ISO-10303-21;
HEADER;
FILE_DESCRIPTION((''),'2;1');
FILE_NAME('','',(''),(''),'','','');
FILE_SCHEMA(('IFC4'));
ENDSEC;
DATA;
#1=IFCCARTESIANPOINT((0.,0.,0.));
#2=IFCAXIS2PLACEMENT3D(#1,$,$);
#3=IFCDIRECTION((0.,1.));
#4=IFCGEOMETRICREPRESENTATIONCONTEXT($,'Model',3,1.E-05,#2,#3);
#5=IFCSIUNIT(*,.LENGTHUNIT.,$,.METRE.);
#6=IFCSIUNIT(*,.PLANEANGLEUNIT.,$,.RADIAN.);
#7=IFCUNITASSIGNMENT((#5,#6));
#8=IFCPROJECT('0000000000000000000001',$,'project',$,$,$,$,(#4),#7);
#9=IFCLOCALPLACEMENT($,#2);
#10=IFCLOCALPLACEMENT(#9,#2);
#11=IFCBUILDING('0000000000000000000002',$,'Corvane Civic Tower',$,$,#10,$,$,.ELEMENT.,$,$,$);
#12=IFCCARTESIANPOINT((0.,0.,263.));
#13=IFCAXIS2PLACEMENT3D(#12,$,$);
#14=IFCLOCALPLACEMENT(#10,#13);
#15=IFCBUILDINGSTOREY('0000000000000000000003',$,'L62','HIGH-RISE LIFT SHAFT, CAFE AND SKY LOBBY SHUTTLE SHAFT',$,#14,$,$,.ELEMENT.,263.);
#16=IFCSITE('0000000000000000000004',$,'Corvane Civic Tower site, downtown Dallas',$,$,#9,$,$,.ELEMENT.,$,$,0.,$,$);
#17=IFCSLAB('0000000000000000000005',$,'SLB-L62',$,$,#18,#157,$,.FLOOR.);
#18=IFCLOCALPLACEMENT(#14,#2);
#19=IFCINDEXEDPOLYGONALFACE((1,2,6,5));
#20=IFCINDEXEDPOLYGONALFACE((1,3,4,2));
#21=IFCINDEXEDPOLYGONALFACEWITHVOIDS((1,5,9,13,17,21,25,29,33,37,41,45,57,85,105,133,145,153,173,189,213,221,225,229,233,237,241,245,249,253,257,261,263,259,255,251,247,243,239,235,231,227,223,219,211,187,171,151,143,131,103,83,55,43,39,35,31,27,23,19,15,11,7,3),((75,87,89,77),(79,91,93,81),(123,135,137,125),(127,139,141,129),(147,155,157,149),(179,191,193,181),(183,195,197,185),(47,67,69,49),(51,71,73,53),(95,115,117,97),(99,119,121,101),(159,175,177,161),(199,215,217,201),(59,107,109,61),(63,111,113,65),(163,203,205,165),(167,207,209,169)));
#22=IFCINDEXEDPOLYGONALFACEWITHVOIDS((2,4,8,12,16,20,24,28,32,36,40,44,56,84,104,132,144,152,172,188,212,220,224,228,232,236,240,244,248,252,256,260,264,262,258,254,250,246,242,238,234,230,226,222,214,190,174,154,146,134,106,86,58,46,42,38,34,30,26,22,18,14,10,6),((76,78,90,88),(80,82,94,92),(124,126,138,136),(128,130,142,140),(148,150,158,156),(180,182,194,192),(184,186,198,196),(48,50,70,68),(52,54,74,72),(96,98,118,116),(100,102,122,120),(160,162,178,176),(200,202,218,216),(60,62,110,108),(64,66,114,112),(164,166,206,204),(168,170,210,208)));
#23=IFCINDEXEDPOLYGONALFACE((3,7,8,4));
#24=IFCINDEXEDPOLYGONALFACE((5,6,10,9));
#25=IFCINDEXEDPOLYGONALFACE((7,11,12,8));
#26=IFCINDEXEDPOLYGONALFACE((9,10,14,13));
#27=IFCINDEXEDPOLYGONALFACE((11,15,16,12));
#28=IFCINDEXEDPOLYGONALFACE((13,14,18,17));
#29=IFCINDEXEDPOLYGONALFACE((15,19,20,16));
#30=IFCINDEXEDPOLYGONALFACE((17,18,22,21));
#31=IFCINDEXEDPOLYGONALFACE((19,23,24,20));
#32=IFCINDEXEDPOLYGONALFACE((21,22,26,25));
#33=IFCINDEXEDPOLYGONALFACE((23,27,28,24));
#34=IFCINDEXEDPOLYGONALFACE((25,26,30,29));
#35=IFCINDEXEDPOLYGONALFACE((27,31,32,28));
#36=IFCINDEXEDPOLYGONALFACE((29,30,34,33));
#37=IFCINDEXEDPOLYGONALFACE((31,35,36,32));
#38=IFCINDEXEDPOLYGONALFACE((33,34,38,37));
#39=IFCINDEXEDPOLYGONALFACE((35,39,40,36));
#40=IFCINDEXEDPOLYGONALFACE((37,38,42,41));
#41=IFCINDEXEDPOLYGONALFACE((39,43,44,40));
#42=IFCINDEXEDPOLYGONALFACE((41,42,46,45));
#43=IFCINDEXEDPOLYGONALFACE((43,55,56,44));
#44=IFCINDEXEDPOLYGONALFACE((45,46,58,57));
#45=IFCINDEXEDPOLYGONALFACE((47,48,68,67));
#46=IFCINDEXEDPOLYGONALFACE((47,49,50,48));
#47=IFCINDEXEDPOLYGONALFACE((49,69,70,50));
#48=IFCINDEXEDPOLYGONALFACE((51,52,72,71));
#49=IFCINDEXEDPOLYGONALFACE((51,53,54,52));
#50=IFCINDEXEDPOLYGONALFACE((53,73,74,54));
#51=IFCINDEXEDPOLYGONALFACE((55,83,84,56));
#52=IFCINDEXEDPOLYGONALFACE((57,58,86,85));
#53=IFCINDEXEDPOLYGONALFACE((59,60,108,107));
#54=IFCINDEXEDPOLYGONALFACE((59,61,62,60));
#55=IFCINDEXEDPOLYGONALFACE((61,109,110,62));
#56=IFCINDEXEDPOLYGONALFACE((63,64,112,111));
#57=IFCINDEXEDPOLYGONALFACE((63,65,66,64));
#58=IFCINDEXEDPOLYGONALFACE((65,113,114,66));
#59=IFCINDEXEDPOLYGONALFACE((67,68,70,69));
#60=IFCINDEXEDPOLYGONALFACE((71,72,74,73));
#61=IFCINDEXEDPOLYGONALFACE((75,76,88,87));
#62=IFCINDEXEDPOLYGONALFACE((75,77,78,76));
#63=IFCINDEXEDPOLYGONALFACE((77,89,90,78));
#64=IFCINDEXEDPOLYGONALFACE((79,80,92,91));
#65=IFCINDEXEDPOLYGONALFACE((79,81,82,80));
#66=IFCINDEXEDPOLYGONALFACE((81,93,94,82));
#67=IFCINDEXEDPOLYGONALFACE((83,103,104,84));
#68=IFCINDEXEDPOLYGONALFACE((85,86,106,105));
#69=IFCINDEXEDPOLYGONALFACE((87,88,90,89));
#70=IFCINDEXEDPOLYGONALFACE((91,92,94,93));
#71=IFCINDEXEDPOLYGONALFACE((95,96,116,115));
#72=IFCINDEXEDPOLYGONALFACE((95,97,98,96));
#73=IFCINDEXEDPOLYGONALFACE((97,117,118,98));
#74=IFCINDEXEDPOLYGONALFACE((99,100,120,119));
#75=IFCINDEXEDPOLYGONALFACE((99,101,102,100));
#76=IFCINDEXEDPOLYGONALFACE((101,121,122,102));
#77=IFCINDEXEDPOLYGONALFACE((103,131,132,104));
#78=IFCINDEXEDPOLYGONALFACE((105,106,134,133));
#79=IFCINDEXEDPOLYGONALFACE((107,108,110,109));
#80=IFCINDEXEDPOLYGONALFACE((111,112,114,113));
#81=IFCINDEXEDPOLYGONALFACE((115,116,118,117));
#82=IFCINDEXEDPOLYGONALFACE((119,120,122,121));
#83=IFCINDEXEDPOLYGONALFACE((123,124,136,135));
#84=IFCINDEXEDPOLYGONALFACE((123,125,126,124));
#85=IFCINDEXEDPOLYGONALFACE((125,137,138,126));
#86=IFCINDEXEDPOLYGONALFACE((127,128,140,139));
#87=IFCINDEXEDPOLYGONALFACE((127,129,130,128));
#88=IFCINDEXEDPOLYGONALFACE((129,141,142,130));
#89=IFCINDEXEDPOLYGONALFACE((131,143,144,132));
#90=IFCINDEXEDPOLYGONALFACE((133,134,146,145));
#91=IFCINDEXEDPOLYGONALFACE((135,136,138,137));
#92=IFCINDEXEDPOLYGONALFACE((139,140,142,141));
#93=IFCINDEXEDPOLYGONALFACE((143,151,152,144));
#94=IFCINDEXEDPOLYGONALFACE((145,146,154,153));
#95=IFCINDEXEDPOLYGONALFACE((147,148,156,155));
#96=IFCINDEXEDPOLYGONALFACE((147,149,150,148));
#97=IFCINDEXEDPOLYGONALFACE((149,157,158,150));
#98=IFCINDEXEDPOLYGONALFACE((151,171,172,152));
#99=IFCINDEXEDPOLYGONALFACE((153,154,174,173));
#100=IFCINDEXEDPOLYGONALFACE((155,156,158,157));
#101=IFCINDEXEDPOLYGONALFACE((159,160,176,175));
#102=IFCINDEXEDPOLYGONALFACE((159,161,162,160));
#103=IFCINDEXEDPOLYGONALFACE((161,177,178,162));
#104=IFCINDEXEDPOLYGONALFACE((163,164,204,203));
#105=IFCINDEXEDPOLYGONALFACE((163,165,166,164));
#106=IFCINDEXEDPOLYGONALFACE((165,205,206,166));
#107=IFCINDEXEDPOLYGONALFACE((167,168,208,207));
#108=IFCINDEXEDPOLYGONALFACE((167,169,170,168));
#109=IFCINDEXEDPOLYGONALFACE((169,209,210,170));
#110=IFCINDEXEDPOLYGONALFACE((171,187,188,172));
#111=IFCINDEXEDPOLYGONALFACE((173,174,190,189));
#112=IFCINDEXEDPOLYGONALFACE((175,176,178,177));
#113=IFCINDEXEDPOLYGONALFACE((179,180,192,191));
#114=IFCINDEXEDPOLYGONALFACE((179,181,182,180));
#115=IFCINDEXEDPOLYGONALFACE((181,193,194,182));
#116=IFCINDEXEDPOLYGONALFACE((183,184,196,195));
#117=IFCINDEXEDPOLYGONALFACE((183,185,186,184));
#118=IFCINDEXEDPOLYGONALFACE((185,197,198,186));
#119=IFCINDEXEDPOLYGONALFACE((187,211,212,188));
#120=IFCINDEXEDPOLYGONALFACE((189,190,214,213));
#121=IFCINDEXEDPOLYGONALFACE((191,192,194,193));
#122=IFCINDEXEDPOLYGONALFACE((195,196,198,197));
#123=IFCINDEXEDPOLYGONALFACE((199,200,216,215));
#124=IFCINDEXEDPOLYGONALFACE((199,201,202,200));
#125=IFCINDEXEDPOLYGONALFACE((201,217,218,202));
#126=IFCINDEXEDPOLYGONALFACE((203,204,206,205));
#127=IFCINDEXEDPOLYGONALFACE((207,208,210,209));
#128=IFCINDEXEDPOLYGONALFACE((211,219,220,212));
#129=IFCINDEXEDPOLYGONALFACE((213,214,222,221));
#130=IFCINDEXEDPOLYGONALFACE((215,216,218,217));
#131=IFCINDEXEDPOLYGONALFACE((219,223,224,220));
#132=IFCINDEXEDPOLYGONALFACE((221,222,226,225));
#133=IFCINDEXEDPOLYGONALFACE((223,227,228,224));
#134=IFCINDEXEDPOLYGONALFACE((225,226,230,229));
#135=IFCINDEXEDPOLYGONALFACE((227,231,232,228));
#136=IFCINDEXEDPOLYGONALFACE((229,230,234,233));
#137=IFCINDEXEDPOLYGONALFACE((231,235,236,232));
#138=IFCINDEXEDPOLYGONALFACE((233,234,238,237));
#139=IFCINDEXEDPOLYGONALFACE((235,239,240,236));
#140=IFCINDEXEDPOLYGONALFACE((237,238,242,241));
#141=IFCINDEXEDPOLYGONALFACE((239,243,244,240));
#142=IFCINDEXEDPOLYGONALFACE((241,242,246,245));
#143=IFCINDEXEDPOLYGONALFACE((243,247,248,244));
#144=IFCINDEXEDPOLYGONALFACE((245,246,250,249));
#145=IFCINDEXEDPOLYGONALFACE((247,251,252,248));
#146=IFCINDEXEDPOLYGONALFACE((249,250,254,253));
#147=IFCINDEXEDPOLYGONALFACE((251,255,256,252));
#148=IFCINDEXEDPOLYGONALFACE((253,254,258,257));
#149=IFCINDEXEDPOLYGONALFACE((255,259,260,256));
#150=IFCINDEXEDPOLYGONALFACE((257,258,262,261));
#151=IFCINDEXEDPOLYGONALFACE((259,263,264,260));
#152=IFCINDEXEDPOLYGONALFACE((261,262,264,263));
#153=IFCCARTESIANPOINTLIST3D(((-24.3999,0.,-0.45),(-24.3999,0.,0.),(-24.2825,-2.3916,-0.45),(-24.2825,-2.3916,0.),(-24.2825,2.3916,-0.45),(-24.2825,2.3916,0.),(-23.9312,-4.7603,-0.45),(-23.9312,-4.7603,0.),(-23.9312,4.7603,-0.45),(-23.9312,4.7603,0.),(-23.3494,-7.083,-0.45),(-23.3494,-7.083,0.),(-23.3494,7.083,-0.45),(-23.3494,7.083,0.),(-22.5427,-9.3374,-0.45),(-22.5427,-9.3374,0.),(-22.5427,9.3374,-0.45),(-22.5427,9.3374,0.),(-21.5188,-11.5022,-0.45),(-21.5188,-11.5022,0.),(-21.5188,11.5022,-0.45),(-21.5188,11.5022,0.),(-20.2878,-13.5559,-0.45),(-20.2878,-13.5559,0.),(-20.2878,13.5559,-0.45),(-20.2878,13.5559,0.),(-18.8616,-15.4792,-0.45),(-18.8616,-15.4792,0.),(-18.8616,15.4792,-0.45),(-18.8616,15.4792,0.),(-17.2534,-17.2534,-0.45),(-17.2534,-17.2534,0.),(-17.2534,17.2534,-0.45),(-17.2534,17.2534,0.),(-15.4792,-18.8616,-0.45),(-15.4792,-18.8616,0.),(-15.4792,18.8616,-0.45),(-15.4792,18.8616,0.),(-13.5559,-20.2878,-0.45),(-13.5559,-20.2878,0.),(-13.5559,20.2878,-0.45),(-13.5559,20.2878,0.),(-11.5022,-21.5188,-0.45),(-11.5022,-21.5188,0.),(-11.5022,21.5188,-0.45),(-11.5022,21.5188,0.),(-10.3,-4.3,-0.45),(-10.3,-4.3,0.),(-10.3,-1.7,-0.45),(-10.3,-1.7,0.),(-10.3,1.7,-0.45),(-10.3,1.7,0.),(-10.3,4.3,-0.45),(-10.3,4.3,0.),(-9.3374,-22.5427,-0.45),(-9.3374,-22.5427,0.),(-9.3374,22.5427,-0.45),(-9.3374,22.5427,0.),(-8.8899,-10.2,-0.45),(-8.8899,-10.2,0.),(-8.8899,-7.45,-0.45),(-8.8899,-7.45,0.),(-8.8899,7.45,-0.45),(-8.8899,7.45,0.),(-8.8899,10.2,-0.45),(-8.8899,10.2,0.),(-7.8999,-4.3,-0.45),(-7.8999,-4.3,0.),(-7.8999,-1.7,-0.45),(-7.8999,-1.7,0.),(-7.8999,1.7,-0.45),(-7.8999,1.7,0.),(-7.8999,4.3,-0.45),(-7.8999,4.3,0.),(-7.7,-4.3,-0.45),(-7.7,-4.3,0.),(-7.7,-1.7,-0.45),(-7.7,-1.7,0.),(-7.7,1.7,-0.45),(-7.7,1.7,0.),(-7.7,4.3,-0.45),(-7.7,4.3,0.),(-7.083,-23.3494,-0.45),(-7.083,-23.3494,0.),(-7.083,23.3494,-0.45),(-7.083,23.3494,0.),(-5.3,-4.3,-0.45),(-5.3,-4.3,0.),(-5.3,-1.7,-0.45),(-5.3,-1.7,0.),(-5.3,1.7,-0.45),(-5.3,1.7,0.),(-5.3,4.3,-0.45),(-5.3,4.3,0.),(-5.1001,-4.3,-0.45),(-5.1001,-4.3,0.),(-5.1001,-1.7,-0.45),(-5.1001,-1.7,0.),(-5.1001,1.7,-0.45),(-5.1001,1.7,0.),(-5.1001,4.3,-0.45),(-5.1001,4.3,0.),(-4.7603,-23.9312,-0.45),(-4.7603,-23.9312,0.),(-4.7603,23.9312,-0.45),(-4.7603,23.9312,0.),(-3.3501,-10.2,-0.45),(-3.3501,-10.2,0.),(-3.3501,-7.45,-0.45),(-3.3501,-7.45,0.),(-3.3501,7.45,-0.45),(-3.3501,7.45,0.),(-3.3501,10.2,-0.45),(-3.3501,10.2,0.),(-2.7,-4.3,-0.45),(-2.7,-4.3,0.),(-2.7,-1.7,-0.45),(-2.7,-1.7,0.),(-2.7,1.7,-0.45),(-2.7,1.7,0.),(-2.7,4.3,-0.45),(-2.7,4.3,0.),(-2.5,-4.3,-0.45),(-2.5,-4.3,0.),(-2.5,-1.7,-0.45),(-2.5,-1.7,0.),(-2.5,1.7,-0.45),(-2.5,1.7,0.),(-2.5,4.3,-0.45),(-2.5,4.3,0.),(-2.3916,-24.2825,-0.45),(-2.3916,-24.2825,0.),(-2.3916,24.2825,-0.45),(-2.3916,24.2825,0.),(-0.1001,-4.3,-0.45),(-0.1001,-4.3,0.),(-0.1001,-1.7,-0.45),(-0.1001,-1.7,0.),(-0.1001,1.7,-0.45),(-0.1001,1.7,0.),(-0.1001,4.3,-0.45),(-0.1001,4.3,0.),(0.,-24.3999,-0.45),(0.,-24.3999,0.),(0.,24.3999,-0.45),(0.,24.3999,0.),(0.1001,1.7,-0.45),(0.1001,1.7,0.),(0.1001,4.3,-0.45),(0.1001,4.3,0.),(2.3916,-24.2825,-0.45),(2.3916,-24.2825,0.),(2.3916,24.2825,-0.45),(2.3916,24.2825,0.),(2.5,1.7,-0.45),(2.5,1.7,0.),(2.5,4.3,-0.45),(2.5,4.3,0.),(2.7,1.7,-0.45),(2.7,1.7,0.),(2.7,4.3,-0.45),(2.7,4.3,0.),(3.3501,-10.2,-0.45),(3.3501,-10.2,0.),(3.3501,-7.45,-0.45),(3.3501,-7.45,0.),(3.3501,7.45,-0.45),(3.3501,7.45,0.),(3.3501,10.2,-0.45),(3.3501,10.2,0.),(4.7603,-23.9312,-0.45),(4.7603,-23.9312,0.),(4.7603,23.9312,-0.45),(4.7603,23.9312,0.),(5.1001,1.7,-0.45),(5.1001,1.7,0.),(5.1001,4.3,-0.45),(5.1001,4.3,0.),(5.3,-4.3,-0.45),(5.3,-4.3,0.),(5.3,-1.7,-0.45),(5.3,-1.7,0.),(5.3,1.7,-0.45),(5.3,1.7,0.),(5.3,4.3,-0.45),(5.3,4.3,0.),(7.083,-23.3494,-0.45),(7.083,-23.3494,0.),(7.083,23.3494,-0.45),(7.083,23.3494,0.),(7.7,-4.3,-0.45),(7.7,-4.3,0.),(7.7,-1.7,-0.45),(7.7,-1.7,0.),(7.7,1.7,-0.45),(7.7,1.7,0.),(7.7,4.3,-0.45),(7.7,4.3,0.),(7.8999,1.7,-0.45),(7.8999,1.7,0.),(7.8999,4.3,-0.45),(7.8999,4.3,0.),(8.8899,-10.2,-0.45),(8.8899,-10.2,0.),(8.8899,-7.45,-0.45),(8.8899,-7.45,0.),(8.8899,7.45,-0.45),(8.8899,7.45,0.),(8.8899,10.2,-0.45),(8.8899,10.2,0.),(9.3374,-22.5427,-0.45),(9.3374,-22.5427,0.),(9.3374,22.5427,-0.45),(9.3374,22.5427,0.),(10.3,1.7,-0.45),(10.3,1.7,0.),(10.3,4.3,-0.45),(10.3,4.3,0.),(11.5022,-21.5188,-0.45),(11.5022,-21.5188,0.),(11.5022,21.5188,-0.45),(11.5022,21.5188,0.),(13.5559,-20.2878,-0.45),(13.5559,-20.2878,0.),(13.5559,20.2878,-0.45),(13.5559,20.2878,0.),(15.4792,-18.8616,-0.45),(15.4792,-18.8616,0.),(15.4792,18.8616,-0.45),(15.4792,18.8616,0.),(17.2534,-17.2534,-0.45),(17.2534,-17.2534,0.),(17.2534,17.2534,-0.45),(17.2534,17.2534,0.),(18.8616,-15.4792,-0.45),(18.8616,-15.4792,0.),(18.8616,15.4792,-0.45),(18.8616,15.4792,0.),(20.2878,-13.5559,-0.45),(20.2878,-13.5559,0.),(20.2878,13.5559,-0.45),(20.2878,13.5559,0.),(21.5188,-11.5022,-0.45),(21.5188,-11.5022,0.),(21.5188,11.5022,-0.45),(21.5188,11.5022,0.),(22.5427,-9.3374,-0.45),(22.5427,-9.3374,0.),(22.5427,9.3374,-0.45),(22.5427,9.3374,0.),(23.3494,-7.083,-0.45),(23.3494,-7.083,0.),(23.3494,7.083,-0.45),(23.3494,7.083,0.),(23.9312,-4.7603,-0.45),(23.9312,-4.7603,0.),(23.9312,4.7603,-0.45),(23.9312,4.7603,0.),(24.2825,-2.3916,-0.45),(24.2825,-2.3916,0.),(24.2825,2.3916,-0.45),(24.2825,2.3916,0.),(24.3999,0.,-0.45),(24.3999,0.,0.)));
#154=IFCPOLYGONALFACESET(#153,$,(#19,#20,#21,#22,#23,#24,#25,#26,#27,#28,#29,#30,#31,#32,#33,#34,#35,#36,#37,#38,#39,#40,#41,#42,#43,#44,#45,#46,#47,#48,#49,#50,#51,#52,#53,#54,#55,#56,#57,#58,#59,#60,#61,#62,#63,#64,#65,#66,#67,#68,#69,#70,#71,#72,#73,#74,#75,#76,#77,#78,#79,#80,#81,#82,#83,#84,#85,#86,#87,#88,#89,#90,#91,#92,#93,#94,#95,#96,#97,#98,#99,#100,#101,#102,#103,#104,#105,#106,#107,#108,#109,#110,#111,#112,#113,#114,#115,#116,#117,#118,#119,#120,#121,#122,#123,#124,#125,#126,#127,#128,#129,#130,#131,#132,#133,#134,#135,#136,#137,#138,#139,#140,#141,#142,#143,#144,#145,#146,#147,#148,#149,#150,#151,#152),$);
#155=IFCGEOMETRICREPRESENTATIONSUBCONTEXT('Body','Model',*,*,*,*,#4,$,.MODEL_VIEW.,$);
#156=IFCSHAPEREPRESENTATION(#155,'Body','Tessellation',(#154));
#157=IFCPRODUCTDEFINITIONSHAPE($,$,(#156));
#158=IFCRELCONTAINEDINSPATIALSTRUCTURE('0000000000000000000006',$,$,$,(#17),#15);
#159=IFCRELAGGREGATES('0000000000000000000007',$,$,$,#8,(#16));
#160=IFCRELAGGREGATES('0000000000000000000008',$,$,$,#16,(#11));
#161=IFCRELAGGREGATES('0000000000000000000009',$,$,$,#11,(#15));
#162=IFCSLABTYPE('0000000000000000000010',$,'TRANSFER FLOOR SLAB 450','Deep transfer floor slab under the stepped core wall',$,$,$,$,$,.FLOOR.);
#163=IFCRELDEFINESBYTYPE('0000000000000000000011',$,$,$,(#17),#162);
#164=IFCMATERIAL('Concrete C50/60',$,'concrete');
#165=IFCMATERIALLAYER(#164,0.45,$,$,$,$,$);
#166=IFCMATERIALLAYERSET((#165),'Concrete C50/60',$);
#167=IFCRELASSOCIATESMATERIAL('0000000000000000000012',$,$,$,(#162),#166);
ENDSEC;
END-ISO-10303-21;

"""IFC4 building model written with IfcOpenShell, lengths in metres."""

from ifc_helpers import new_model, si_unit, direction, frame, origin, place, context, subcontext, project, spatial, polyline, outline, extrude, material, layer, layer_set, type_object, element, save


model = new_model("IFC4")

# Units and contexts
model_context = context("Model", 3, precision=1e-05, world=origin(), true_north=direction((0.0, 1.0)))
body_context = subcontext(model_context, "Body", "Model", "MODEL_VIEW")
ifc_project = project(units=[si_unit("LENGTHUNIT", "METRE"), si_unit("PLANEANGLEUNIT", "RADIAN")], contexts=[model_context])

# Site, building, storey
site_placement = place(None, origin())
site = spatial("IfcSite", under=ifc_project, at=site_placement, Name="Corvane Civic Tower site, downtown Dallas", CompositionType="ELEMENT", RefElevation=0.0)
building_placement = place(site_placement, origin())
building = spatial("IfcBuilding", under=site, at=building_placement, Name="Corvane Civic Tower", CompositionType="ELEMENT")
storey_placement = place(building_placement, frame((0.0, 0.0, 263.0)))
storey = spatial("IfcBuildingStorey", under=building, at=storey_placement, Name="L62", Description="HIGH-RISE LIFT SHAFT, CAFE AND SKY LOBBY SHUTTLE SHAFT", CompositionType="ELEMENT", Elevation=263.0)

# Slab
ifc_material_1 = material(Name="Concrete C50/60", Category="concrete")
ifc_layer_1 = layer(ifc_material_1, 0.45)
ifc_layer_set_1 = layer_set([ifc_layer_1], Name="Concrete C50/60")
slab_type_1 = type_object("IfcSlabType", Name="TRANSFER FLOOR SLAB 450", Description="Deep transfer floor slab under the stepped core wall", PredefinedType="FLOOR", material=ifc_layer_set_1)
slab_1_placement = place(storey_placement, frame((0.0, 0.0, -0.45)))
element("IfcSlab", 1, at=slab_1_placement, inside=storey, type_object=slab_type_1, Name="SLB-L62", PredefinedType="FLOOR", context=body_context, shape_type="SweptSolid", body=[
    extrude(outline(polyline([(0.0, 24.3999), (-2.3916, 24.2825), (-4.7603, 23.9312), (-7.083, 23.3494), (-9.3374, 22.5427), (-11.5022, 21.5188), (-13.5559, 20.2878), (-15.4792, 18.8616), (-17.2534, 17.2534), (-18.8616, 15.4792), (-20.2878, 13.5559), (-21.5188, 11.5022), (-22.5427, 9.3374), (-23.3494, 7.083), (-23.9312, 4.7603), (-24.2825, 2.3916), (-24.3999, 0.0), (-24.2825, -2.3916), (-23.9312, -4.7603), (-23.3494, -7.083), (-22.5427, -9.3374), (-21.5188, -11.5022), (-20.2878, -13.5559), (-18.8616, -15.4792), (-17.2534, -17.2534), (-15.4792, -18.8616), (-13.5559, -20.2878), (-11.5022, -21.5188), (-9.3374, -22.5427), (-7.083, -23.3494), (-4.7603, -23.9312), (-2.3916, -24.2825), (0.0, -24.3999), (2.3916, -24.2825), (4.7603, -23.9312), (7.083, -23.3494), (9.3374, -22.5427), (11.5022, -21.5188), (13.5559, -20.2878), (15.4792, -18.8616), (17.2534, -17.2534), (18.8616, -15.4792), (20.2878, -13.5559), (21.5188, -11.5022), (22.5427, -9.3374), (23.3494, -7.083), (23.9312, -4.7603), (24.2825, -2.3916), (24.3999, 0.0), (24.2825, 2.3916), (23.9312, 4.7603), (23.3494, 7.083), (22.5427, 9.3374), (21.5188, 11.5022), (20.2878, 13.5559), (18.8616, 15.4792), (17.2534, 17.2534), (15.4792, 18.8616), (13.5559, 20.2878), (11.5022, 21.5188), (9.3374, 22.5427), (7.083, 23.3494), (4.7603, 23.9312), (2.3916, 24.2825), (0.0, 24.3999)]), holes=[polyline([(-7.8999, 1.7), (-10.3, 1.7), (-10.3, 4.3), (-7.8999, 4.3), (-7.8999, 1.7)]), polyline([(-5.3, 1.7), (-7.7, 1.7), (-7.7, 4.3), (-5.3, 4.3), (-5.3, 1.7)]), polyline([(-2.7, 1.7), (-5.1001, 1.7), (-5.1001, 4.3), (-2.7, 4.3), (-2.7, 1.7)]), polyline([(-2.5, 4.3), (-0.1001, 4.3), (-0.1001, 1.7), (-2.5, 1.7), (-2.5, 4.3)]), polyline([(2.5, 1.7), (0.1001, 1.7), (0.1001, 4.3), (2.5, 4.3), (2.5, 1.7)]), polyline([(5.1001, 1.7), (2.7, 1.7), (2.7, 4.3), (5.1001, 4.3), (5.1001, 1.7)]), polyline([(5.3, 4.3), (7.7, 4.3), (7.7, 1.7), (5.3, 1.7), (5.3, 4.3)]), polyline([(7.8999, 4.3), (10.3, 4.3), (10.3, 1.7), (7.8999, 1.7), (7.8999, 4.3)]), polyline([(-10.3, -1.7), (-7.8999, -1.7), (-7.8999, -4.3), (-10.3, -4.3), (-10.3, -1.7)]), polyline([(-7.7, -1.7), (-5.3, -1.7), (-5.3, -4.3), (-7.7, -4.3), (-7.7, -1.7)]), polyline([(-5.1001, -1.7), (-2.7, -1.7), (-2.7, -4.3), (-5.1001, -4.3), (-5.1001, -1.7)]), polyline([(-2.5, -1.7), (-0.1001, -1.7), (-0.1001, -4.3), (-2.5, -4.3), (-2.5, -1.7)]), polyline([(5.3, -1.7), (7.7, -1.7), (7.7, -4.3), (5.3, -4.3), (5.3, -1.7)]), polyline([(8.8899, 10.2), (8.8899, 7.45), (3.3501, 7.45), (3.3501, 10.2), (8.8899, 10.2)]), polyline([(-8.8899, 7.45), (-8.8899, 10.2), (-3.3501, 10.2), (-3.3501, 7.45), (-8.8899, 7.45)]), polyline([(8.8899, -7.45), (8.8899, -10.2), (3.3501, -10.2), (3.3501, -7.45), (8.8899, -7.45)]), polyline([(-8.8899, -10.2), (-8.8899, -7.45), (-3.3501, -7.45), (-3.3501, -10.2), (-8.8899, -10.2)])]), origin(), (0.0, 0.0, 1.0), 0.45),
])

save(model, "model.ifc")
